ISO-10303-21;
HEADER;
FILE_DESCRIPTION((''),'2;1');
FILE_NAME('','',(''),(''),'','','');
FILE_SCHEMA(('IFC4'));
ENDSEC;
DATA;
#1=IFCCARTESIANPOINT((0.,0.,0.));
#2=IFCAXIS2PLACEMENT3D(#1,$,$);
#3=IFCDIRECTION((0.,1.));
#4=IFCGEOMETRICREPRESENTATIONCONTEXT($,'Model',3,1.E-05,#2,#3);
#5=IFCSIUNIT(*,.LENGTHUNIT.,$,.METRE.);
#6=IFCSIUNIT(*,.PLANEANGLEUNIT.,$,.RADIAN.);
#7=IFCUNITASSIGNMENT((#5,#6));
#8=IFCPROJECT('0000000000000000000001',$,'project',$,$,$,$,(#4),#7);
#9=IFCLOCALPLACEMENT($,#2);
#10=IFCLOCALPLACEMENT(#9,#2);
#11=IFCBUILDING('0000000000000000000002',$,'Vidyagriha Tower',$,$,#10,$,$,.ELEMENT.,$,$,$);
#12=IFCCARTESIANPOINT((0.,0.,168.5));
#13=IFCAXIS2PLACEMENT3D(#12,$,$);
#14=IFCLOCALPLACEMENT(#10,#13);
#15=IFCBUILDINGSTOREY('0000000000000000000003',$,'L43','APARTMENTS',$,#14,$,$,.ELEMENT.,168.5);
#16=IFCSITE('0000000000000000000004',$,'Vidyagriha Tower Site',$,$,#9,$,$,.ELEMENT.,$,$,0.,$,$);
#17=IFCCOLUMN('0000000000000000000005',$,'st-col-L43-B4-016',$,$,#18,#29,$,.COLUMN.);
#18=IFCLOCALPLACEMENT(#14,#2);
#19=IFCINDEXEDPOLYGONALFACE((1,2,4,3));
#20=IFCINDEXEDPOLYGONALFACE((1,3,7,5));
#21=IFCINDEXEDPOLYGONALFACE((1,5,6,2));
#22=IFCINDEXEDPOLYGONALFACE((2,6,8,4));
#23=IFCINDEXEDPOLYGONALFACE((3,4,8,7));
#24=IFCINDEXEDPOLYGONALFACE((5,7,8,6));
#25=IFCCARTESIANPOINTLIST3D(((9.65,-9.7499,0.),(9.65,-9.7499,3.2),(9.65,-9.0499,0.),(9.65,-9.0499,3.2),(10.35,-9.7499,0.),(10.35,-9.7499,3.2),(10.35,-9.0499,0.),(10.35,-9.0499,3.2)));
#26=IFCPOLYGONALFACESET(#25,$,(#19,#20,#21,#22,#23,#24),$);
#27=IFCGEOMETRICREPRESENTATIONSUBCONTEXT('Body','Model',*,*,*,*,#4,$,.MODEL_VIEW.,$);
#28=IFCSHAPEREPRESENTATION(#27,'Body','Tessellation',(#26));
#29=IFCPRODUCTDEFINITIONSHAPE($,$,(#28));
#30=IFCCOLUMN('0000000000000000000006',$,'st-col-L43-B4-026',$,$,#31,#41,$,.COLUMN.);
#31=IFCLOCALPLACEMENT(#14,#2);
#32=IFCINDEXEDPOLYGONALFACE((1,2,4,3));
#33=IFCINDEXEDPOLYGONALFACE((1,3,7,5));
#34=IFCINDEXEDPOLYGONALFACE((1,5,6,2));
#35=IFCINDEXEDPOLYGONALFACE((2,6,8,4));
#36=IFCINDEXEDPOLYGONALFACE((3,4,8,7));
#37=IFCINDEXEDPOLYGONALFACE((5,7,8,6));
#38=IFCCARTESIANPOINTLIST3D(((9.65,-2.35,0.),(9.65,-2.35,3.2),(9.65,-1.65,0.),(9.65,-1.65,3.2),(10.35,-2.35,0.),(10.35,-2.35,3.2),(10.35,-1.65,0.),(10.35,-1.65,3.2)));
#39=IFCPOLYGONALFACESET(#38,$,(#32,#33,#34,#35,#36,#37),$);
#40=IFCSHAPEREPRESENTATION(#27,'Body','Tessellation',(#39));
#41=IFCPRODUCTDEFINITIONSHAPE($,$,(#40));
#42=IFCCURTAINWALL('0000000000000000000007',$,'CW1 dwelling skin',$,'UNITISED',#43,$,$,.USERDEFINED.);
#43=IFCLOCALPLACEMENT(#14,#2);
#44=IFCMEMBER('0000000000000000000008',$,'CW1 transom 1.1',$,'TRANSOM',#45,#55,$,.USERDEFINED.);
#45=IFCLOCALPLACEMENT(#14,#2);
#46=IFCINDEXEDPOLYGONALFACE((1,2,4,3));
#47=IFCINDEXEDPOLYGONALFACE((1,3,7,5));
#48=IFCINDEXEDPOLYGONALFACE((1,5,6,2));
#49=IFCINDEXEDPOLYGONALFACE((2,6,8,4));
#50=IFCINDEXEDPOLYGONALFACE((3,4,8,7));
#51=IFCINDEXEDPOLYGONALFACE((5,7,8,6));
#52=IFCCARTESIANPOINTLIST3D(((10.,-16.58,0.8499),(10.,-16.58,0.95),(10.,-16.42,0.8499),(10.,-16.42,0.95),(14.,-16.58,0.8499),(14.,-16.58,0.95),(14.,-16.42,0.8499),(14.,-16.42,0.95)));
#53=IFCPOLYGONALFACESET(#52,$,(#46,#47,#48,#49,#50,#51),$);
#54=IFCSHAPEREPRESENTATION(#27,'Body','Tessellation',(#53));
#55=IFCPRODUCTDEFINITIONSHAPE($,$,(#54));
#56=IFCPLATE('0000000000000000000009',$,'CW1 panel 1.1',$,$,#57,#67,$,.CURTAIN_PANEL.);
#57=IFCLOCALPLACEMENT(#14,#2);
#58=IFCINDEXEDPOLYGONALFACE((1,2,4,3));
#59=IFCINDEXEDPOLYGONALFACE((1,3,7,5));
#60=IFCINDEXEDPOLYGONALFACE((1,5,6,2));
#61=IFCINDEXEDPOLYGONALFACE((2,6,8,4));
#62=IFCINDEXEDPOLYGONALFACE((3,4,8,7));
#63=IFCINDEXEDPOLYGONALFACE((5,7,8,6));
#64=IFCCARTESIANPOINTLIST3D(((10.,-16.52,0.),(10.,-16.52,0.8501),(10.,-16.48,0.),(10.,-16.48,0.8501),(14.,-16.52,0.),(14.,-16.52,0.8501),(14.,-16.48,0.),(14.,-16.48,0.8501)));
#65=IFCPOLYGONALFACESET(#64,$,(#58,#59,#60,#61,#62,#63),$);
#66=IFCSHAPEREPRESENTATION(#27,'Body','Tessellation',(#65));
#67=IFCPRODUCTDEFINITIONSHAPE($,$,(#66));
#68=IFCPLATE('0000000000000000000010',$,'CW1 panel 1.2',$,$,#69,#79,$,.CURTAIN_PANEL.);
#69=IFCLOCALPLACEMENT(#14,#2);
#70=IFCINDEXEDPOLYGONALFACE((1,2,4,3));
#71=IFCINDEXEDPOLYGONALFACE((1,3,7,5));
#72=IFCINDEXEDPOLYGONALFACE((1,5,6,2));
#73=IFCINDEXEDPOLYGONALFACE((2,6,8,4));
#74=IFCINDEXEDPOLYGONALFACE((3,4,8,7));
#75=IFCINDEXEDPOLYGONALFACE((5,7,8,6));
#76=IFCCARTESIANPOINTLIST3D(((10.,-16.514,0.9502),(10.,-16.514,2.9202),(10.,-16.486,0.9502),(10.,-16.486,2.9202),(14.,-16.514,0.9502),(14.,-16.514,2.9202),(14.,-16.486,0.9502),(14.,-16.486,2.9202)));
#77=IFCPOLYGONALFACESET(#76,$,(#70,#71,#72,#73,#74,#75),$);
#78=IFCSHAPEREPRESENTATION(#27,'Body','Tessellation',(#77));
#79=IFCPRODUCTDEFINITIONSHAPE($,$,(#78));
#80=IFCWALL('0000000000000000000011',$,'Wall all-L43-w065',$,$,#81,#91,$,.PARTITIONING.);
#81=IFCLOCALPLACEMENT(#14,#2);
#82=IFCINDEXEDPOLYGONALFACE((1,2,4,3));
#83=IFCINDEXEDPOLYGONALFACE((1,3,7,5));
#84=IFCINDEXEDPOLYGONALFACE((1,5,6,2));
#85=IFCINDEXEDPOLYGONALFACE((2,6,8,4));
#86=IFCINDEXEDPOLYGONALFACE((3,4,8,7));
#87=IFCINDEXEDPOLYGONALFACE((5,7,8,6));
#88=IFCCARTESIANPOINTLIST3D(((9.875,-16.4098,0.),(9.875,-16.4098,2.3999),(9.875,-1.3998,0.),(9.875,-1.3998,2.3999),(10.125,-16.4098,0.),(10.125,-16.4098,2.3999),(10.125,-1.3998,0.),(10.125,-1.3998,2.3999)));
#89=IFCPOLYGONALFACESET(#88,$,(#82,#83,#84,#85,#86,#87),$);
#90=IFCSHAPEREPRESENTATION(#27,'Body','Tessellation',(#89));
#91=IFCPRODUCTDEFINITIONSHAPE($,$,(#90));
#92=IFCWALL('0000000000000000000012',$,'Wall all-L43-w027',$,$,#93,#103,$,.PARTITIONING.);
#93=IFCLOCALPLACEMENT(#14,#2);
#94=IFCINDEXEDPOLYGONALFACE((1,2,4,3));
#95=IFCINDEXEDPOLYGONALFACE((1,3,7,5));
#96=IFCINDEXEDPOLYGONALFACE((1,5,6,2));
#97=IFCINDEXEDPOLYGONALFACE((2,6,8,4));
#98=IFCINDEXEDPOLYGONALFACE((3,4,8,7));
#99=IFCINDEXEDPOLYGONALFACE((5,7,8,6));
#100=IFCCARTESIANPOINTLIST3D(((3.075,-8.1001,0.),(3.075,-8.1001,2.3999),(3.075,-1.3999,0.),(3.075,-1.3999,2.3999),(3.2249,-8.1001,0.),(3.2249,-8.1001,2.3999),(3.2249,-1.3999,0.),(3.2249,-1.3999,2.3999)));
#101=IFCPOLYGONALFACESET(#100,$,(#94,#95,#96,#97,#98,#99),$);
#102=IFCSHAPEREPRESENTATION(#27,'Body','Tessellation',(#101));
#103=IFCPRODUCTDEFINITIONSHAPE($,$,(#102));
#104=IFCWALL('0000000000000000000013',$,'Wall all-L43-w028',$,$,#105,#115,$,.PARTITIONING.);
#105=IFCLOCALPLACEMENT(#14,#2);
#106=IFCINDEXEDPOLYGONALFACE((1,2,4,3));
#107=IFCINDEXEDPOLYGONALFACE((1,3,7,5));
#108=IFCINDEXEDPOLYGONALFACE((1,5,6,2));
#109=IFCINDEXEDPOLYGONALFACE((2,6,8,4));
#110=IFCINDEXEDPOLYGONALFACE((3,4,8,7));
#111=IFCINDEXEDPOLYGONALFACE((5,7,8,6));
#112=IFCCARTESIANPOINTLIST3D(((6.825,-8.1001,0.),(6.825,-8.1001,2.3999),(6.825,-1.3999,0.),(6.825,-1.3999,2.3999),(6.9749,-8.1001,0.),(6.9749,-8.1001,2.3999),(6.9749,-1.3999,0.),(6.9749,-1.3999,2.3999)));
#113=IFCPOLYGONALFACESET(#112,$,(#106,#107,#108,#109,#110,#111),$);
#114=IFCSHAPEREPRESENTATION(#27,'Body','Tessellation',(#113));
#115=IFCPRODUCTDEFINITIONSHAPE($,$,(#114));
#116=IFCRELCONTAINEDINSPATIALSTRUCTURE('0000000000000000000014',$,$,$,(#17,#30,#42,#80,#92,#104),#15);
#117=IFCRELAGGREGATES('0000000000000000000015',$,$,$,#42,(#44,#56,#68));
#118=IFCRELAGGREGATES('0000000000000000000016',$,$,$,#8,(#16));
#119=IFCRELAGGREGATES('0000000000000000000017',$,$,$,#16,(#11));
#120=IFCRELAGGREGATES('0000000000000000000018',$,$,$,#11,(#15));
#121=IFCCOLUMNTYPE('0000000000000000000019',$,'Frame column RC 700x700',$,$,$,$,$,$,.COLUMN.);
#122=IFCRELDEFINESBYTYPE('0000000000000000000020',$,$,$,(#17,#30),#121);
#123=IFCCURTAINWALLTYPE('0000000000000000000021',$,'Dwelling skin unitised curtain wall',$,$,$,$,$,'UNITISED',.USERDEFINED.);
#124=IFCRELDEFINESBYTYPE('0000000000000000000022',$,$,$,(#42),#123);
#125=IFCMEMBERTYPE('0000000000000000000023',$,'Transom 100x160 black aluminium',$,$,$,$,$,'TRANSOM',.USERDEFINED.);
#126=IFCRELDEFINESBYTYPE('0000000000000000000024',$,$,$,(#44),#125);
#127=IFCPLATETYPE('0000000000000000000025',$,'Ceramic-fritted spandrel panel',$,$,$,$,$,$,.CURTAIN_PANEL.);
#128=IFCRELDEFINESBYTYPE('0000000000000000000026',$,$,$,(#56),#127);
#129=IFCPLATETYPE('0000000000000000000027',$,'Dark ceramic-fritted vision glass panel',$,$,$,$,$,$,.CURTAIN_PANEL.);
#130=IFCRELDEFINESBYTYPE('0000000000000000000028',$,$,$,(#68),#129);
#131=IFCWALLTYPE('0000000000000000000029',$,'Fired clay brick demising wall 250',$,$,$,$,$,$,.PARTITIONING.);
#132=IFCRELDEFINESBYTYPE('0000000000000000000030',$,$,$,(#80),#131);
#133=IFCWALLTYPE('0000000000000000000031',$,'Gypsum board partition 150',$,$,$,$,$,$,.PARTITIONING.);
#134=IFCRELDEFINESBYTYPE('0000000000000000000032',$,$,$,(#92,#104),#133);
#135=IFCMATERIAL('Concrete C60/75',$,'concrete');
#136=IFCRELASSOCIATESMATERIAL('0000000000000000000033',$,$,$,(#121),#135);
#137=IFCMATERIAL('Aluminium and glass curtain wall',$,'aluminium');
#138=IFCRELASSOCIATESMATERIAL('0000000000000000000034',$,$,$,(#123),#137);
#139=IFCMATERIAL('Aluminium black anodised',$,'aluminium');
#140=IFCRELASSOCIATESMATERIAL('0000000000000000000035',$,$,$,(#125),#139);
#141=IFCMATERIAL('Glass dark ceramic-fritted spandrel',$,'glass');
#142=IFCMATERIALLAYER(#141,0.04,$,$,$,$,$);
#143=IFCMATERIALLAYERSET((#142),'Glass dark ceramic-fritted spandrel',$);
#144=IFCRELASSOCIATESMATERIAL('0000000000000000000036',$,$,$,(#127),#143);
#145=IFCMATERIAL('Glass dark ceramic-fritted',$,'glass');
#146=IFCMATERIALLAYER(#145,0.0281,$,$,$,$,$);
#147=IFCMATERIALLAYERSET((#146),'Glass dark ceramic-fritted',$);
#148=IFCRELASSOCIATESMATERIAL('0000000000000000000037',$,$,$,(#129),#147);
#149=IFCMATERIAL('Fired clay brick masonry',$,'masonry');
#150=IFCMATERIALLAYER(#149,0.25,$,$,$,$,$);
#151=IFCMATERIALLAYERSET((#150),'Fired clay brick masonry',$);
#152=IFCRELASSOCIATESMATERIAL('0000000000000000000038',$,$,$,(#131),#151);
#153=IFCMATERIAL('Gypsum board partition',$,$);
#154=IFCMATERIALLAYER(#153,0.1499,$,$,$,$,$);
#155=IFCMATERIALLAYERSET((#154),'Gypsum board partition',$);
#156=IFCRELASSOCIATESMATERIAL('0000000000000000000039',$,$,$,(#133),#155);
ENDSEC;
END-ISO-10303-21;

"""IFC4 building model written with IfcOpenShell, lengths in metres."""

from ifc_helpers import new_model, si_unit, direction, frame, frame_2d, origin, origin_2d, place, context, subcontext, project, spatial, rectangle, extrude, material, layer, layer_set, material_profile, profile_set, type_object, element, aggregate, save


model = new_model("IFC4")

# Units and contexts
model_context = context("Model", 3, precision=1e-05, world=origin(), true_north=direction((0.0, 1.0)))
body_context = subcontext(model_context, "Body", "Model", "MODEL_VIEW")
ifc_project = project(units=[si_unit("LENGTHUNIT", "METRE"), si_unit("PLANEANGLEUNIT", "RADIAN")], contexts=[model_context])

# Site, building, storey
site_placement = place(None, origin())
site = spatial("IfcSite", under=ifc_project, at=site_placement, Name="Vidyagriha Tower Site", CompositionType="ELEMENT", RefElevation=0.0)
building_placement = place(site_placement, origin())
building = spatial("IfcBuilding", under=site, at=building_placement, Name="Vidyagriha Tower", CompositionType="ELEMENT")
storey_placement = place(building_placement, frame((0.0, 0.0, 168.5)))
storey = spatial("IfcBuildingStorey", under=building, at=storey_placement, Name="L43", Description="APARTMENTS", CompositionType="ELEMENT", Elevation=168.5)

# Columns
ifc_material_1 = material(Name="Concrete C60/75", Category="concrete")
ifc_material_profile_1 = material_profile(ifc_material_1, rectangle(XDim=0.7, YDim=0.7, at=origin_2d()), Name="RC 700x700")
ifc_profile_set_1 = profile_set([ifc_material_profile_1], Name="Concrete C60/75")
column_type = type_object("IfcColumnType", Name="Frame column RC 700x700", PredefinedType="COLUMN", material=ifc_profile_set_1)
for number, where, name in (
    (1, (10.0, -9.3999, 0.0), "st-col-L43-B4-016"),
    (2, (10.0, -2.0, 0.0), "st-col-L43-B4-026"),
):
    element("IfcColumn", number, at=place(storey_placement, frame(where)), inside=storey, type_object=column_type, Name=name, PredefinedType="COLUMN", context=body_context, shape_type="SweptSolid", body=[
        extrude(rectangle(XDim=0.7, YDim=0.7, at=origin_2d()), origin(), (0.0, 0.0, 1.0), 3.2),
    ])

# Curtain wall, member, plates
ifc_material_2 = material(Name="Aluminium and glass curtain wall", Category="aluminium")
curtain_wall_type = type_object("IfcCurtainWallType", Name="Dwelling skin unitised curtain wall", ElementType="UNITISED", PredefinedType="USERDEFINED", material=ifc_material_2)
curtain_wall_placement = place(storey_placement, origin())
curtain_wall = element("IfcCurtainWall", 3, at=curtain_wall_placement, inside=storey, type_object=curtain_wall_type, Name="CW1 dwelling skin", ObjectType="UNITISED", PredefinedType="USERDEFINED")
ifc_material_3 = material(Name="Aluminium black anodised", Category="aluminium")
ifc_material_profile_2 = material_profile(ifc_material_3, rectangle(XDim=0.1599, YDim=0.1001, at=origin_2d()), Name="Transom 100x160 black aluminium")
ifc_profile_set_2 = profile_set([ifc_material_profile_2], Name="Aluminium black anodised")
member_type = type_object("IfcMemberType", Name="Transom 100x160 black aluminium", ElementType="TRANSOM", PredefinedType="USERDEFINED", material=ifc_profile_set_2)
member_placement = place(storey_placement, frame((10.0, -16.5, 0.8999), z_axis=(1.0, 0.0, 0.0), x_axis=(0.0, 1.0, 0.0)))
member = element("IfcMember", 4, at=member_placement, type_object=member_type, Name="CW1 transom 1.1", ObjectType="TRANSOM", PredefinedType="USERDEFINED", context=body_context, shape_type="SweptSolid", body=[
    extrude(rectangle(XDim=0.1599, YDim=0.1001, at=origin_2d()), origin(), (0.0, 0.0, 1.0), 4.0),
])
ifc_material_4 = material(Name="Glass dark ceramic-fritted spandrel", Category="glass")
ifc_layer_1 = layer(ifc_material_4, 0.04)
ifc_layer_set_1 = layer_set([ifc_layer_1], Name="Glass dark ceramic-fritted spandrel")
plate_type_1 = type_object("IfcPlateType", Name="Ceramic-fritted spandrel panel", PredefinedType="CURTAIN_PANEL", material=ifc_layer_set_1)
plate_1_placement = place(storey_placement, frame((12.0, -16.5, 0.0)))
plate_1 = element("IfcPlate", 5, at=plate_1_placement, type_object=plate_type_1, Name="CW1 panel 1.1", PredefinedType="CURTAIN_PANEL", context=body_context, shape_type="SweptSolid", body=[
    extrude(rectangle(XDim=4.0, YDim=0.04, at=origin_2d()), origin(), (0.0, 0.0, 1.0), 0.8501),
])
ifc_material_5 = material(Name="Glass dark ceramic-fritted", Category="glass")
ifc_layer_2 = layer(ifc_material_5, 0.0281)
ifc_layer_set_2 = layer_set([ifc_layer_2], Name="Glass dark ceramic-fritted")
plate_type_2 = type_object("IfcPlateType", Name="Dark ceramic-fritted vision glass panel", PredefinedType="CURTAIN_PANEL", material=ifc_layer_set_2)
plate_2_placement = place(storey_placement, frame((12.0, -16.5, 0.9502)))
plate_2 = element("IfcPlate", 6, at=plate_2_placement, type_object=plate_type_2, Name="CW1 panel 1.2", PredefinedType="CURTAIN_PANEL", context=body_context, shape_type="SweptSolid", body=[
    extrude(rectangle(XDim=4.0, YDim=0.0281, at=origin_2d()), origin(), (0.0, 0.0, 1.0), 1.97),
])
aggregate(curtain_wall, [member, plate_1, plate_2])

# Walls
ifc_material_6 = material(Name="Fired clay brick masonry", Category="masonry")
ifc_layer_3 = layer(ifc_material_6, 0.25)
ifc_layer_set_3 = layer_set([ifc_layer_3], Name="Fired clay brick masonry")
wall_type_1 = type_object("IfcWallType", Name="Fired clay brick demising wall 250", PredefinedType="PARTITIONING", material=ifc_layer_set_3)
wall_1_placement = place(storey_placement, frame((10.0, -1.3999, 0.0), z_axis=(0.0, 0.0, 1.0), x_axis=(0.0, -1.0, 0.0)))
element("IfcWall", 7, at=wall_1_placement, inside=storey, type_object=wall_type_1, Name="Wall all-L43-w065", PredefinedType="PARTITIONING", context=body_context, shape_type="SweptSolid", body=[
    extrude(rectangle(XDim=15.01, YDim=0.25, at=frame_2d((7.5049, 0.0))), origin(), (0.0, 0.0, 1.0), 2.3999),
])
ifc_material_7 = material(Name="Gypsum board partition")
ifc_layer_4 = layer(ifc_material_7, 0.1499)
ifc_layer_set_4 = layer_set([ifc_layer_4], Name="Gypsum board partition")
wall_type_2 = type_object("IfcWallType", Name="Gypsum board partition 150", PredefinedType="PARTITIONING", material=ifc_layer_set_4)
for number, where, z_axis, x_axis, name in (
    (8, (3.1499, -1.3999, 0.0), (0.0, 0.0, 1.0), (0.0, -1.0, 0.0), "Wall all-L43-w027"),
    (9, (6.8999, -1.3999, 0.0), (0.0, 0.0, 1.0), (0.0, -1.0, 0.0), "Wall all-L43-w028"),
):
    element("IfcWall", number, at=place(storey_placement, frame(where, z_axis=z_axis, x_axis=x_axis)), inside=storey, type_object=wall_type_2, Name=name, PredefinedType="PARTITIONING", context=body_context, shape_type="SweptSolid", body=[
        extrude(rectangle(XDim=6.7002, YDim=0.1499, at=frame_2d((3.3501, 0.0))), origin(), (0.0, 0.0, 1.0), 2.3999),
    ])

save(model, "model.ifc")
